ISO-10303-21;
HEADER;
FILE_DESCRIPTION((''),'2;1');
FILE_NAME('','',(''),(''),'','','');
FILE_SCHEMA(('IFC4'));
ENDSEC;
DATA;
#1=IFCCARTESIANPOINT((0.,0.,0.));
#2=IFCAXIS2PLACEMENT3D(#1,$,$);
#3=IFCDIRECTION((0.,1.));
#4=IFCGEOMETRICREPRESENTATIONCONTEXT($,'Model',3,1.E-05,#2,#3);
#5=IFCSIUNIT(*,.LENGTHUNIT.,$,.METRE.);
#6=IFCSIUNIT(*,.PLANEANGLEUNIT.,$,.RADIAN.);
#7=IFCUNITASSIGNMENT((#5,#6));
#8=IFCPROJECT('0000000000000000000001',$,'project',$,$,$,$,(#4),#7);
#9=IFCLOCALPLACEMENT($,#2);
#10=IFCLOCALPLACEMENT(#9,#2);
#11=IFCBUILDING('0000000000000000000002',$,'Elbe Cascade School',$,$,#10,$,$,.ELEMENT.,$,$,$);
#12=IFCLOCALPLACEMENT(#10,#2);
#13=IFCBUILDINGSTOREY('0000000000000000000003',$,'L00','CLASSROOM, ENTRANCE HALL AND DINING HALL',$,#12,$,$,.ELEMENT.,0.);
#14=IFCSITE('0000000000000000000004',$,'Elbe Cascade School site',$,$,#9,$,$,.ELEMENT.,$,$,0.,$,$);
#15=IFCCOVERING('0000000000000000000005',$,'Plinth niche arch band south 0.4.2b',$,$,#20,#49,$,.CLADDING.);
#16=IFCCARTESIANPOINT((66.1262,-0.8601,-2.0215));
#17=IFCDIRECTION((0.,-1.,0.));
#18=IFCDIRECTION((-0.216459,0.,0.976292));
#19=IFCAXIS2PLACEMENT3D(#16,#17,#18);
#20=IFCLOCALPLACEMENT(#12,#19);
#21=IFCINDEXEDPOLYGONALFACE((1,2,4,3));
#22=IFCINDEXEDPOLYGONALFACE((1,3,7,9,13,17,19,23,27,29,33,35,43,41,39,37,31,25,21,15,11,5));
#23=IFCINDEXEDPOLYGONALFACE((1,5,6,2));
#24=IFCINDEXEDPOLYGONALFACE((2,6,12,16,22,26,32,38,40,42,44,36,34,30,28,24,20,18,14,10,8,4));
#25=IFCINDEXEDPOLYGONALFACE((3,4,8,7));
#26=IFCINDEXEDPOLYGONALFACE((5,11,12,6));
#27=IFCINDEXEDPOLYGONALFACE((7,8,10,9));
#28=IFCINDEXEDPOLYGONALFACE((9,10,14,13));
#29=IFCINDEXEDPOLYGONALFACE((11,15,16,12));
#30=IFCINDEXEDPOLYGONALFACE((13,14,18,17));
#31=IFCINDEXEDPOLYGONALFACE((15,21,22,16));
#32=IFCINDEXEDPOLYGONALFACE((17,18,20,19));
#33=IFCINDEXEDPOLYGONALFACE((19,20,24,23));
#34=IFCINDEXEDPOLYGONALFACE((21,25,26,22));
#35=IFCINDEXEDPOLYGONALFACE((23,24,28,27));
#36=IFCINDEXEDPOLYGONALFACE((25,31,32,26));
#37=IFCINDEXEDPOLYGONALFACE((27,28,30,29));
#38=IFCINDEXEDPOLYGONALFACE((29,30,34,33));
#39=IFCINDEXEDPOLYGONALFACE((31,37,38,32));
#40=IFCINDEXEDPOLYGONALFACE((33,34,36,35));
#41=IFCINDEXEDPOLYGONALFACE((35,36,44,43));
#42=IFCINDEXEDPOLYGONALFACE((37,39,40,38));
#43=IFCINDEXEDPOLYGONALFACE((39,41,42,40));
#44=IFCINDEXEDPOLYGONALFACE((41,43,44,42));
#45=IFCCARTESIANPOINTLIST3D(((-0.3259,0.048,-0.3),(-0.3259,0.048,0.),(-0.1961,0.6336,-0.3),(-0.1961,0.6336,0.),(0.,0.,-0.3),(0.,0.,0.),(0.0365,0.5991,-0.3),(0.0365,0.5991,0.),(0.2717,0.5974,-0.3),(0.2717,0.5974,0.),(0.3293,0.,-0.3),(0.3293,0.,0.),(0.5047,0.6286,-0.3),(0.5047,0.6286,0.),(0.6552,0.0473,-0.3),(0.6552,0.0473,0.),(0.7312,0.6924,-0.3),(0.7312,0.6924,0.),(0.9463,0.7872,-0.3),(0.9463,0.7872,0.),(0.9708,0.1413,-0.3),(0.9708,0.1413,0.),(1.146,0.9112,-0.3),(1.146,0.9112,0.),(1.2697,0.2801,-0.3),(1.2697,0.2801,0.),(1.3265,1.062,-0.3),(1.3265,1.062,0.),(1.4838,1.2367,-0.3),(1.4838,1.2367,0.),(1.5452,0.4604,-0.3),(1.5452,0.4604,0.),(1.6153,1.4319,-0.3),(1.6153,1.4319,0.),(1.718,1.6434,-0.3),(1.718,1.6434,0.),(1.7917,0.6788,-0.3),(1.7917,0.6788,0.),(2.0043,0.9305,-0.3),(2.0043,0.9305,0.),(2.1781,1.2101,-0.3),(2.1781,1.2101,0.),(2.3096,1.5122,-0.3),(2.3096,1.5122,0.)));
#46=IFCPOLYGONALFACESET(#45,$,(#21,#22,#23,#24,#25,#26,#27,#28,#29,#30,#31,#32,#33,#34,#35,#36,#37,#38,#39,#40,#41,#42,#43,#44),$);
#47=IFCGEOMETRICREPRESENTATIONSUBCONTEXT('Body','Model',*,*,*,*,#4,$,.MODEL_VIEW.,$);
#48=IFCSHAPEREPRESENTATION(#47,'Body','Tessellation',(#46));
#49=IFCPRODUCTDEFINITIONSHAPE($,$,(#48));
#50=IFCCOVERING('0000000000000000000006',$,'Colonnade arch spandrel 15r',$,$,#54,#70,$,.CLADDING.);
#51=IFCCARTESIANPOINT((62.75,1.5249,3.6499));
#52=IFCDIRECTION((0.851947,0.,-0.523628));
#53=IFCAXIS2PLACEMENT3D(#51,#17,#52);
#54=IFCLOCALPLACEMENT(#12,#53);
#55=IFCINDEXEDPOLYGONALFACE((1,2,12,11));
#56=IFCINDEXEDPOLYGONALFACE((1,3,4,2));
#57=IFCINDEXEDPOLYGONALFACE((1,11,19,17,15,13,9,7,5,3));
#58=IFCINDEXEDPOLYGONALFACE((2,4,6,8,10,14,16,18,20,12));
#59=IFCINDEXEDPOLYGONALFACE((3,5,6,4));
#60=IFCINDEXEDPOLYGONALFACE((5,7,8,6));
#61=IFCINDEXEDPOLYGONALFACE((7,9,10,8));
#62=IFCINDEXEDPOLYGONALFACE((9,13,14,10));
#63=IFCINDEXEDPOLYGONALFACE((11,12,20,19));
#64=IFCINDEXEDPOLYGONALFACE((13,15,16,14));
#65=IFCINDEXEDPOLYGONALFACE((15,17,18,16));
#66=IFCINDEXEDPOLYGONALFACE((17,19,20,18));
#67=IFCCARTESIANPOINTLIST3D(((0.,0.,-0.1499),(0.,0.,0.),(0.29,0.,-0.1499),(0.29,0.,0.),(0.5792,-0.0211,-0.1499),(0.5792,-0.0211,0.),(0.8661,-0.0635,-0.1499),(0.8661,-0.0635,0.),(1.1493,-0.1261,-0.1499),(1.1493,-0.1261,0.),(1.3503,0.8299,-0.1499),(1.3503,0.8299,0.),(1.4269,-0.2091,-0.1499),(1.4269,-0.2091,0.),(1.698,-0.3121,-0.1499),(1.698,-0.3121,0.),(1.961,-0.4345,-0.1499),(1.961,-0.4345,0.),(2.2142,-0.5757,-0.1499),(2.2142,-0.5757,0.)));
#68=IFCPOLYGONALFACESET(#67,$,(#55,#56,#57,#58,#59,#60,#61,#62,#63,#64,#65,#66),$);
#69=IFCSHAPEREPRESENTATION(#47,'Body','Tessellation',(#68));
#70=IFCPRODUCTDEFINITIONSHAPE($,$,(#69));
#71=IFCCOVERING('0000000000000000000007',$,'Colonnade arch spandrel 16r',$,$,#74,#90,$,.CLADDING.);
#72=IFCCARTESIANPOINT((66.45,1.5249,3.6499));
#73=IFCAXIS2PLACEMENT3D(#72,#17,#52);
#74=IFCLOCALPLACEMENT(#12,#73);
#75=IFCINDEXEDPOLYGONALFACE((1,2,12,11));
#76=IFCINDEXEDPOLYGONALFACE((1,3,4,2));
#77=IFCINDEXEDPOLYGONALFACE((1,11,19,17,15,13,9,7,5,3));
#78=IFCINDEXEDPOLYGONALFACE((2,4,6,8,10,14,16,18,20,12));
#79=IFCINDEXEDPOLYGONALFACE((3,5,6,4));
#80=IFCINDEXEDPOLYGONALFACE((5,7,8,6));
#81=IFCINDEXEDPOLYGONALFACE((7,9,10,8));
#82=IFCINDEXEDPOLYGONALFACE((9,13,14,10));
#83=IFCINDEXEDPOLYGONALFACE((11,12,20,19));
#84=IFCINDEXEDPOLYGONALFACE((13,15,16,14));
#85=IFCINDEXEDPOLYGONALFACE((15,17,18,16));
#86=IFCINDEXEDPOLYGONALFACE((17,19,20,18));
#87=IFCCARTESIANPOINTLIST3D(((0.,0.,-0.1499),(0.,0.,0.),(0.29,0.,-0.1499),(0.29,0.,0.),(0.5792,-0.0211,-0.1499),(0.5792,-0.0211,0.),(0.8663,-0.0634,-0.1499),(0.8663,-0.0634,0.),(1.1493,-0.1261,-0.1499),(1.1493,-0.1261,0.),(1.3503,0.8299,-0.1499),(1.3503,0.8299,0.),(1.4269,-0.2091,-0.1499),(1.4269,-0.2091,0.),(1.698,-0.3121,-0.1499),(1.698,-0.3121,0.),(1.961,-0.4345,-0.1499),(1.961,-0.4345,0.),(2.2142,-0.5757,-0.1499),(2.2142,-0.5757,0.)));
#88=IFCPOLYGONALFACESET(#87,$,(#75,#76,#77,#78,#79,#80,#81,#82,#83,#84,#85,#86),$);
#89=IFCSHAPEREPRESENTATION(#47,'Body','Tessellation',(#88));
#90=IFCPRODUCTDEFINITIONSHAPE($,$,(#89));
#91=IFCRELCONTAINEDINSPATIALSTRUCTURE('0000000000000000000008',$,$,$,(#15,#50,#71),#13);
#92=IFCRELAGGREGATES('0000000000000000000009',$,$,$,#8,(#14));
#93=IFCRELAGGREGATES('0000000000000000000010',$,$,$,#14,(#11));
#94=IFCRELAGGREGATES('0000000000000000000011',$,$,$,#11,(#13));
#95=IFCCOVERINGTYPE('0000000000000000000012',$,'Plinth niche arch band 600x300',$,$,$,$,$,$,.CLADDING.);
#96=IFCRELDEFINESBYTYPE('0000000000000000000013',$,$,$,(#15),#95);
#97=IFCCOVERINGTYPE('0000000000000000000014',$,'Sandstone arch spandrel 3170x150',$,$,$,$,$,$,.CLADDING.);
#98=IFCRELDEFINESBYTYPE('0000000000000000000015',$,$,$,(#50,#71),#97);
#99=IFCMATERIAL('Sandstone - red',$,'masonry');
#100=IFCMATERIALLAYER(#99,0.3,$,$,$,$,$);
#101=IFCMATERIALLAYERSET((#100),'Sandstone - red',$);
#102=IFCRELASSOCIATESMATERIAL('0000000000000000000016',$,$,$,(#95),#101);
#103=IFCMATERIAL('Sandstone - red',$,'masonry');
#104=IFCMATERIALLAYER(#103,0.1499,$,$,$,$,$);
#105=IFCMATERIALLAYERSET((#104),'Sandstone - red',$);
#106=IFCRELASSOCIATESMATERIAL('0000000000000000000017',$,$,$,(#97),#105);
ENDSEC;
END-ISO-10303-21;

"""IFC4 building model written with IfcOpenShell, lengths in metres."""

from ifc_helpers import new_model, si_unit, direction, frame, origin, place, context, subcontext, project, spatial, polyline, outline, extrude, material, layer, layer_set, type_object, element, save


model = new_model("IFC4")

# Units and contexts
model_context = context("Model", 3, precision=1e-05, world=origin(), true_north=direction((0.0, 1.0)))
body_context = subcontext(model_context, "Body", "Model", "MODEL_VIEW")
ifc_project = project(units=[si_unit("LENGTHUNIT", "METRE"), si_unit("PLANEANGLEUNIT", "RADIAN")], contexts=[model_context])

# Site, building, storey
site_placement = place(None, origin())
site = spatial("IfcSite", under=ifc_project, at=site_placement, Name="Elbe Cascade School site", CompositionType="ELEMENT", RefElevation=0.0)
building_placement = place(site_placement, origin())
building = spatial("IfcBuilding", under=site, at=building_placement, Name="Elbe Cascade School", CompositionType="ELEMENT")
storey_placement = place(building_placement, origin())
storey = spatial("IfcBuildingStorey", under=building, at=storey_placement, Name="L00", Description="CLASSROOM, ENTRANCE HALL AND DINING HALL", CompositionType="ELEMENT", Elevation=0.0)

# Coverings
ifc_material_1 = material(Name="Sandstone - red", Category="masonry")
ifc_layer_1 = layer(ifc_material_1, 0.3)
ifc_layer_set_1 = layer_set([ifc_layer_1], Name="Sandstone - red")
covering_type_1 = type_object("IfcCoveringType", Name="Plinth niche arch band 600x300", PredefinedType="CLADDING", material=ifc_layer_set_1)
covering_1_placement = place(storey_placement, frame((66.1262, -0.8601, -2.0215), z_axis=(0.0, -1.0, 0.0), x_axis=(-0.216459, 0.0, 0.976292)))
element("IfcCovering", 1, at=covering_1_placement, inside=storey, type_object=covering_type_1, Name="Plinth niche arch band south 0.4.2b", PredefinedType="CLADDING", context=body_context, shape_type="SweptSolid", body=[
    extrude(outline(polyline([(0.0, 0.0), (0.3293, 0.0), (0.6552, 0.0473), (0.9708, 0.1413), (1.2697, 0.2801), (1.5452, 0.4604), (1.7917, 0.6788), (2.0043, 0.9305), (2.1781, 1.2101), (2.3096, 1.5122), (1.718, 1.6434), (1.6153, 1.4319), (1.4838, 1.2367), (1.3265, 1.062), (1.146, 0.9112), (0.9463, 0.7872), (0.7312, 0.6924), (0.5047, 0.6286), (0.2717, 0.5974), (0.0365, 0.5991), (-0.1961, 0.6336), (-0.3259, 0.048), (0.0, 0.0)])), origin(), (0.0, 0.0, -1.0), 0.3),
])
ifc_material_2 = material(Name="Sandstone - red", Category="masonry")
ifc_layer_2 = layer(ifc_material_2, 0.1499)
ifc_layer_set_2 = layer_set([ifc_layer_2], Name="Sandstone - red")
covering_type_2 = type_object("IfcCoveringType", Name="Sandstone arch spandrel 3170x150", PredefinedType="CLADDING", material=ifc_layer_set_2)
covering_2_placement = place(storey_placement, frame((62.75, 1.5249, 3.6499), z_axis=(0.0, -1.0, 0.0), x_axis=(0.851947, 0.0, -0.523628)))
element("IfcCovering", 2, at=covering_2_placement, inside=storey, type_object=covering_type_2, Name="Colonnade arch spandrel 15r", PredefinedType="CLADDING", context=body_context, shape_type="SweptSolid", body=[
    extrude(outline(polyline([(0.0, 0.0), (0.29, 0.0), (0.5792, -0.0211), (0.8661, -0.0635), (1.1493, -0.1261), (1.4269, -0.2091), (1.698, -0.3121), (1.961, -0.4345), (2.2142, -0.5757), (1.3503, 0.8299), (0.0, 0.0)])), origin(), (0.0, 0.0, -1.0), 0.1499),
])
covering_3_placement = place(storey_placement, frame((66.45, 1.5249, 3.6499), z_axis=(0.0, -1.0, 0.0), x_axis=(0.851947, 0.0, -0.523628)))
element("IfcCovering", 3, at=covering_3_placement, inside=storey, type_object=covering_type_2, Name="Colonnade arch spandrel 16r", PredefinedType="CLADDING", context=body_context, shape_type="SweptSolid", body=[
    extrude(outline(polyline([(0.0, 0.0), (0.29, 0.0), (0.5792, -0.0211), (0.8663, -0.0634), (1.1493, -0.1261), (1.4269, -0.2091), (1.698, -0.3121), (1.961, -0.4345), (2.2142, -0.5757), (1.3503, 0.8299), (0.0, 0.0)])), origin(), (0.0, 0.0, -1.0), 0.1499),
])

save(model, "model.ifc")
